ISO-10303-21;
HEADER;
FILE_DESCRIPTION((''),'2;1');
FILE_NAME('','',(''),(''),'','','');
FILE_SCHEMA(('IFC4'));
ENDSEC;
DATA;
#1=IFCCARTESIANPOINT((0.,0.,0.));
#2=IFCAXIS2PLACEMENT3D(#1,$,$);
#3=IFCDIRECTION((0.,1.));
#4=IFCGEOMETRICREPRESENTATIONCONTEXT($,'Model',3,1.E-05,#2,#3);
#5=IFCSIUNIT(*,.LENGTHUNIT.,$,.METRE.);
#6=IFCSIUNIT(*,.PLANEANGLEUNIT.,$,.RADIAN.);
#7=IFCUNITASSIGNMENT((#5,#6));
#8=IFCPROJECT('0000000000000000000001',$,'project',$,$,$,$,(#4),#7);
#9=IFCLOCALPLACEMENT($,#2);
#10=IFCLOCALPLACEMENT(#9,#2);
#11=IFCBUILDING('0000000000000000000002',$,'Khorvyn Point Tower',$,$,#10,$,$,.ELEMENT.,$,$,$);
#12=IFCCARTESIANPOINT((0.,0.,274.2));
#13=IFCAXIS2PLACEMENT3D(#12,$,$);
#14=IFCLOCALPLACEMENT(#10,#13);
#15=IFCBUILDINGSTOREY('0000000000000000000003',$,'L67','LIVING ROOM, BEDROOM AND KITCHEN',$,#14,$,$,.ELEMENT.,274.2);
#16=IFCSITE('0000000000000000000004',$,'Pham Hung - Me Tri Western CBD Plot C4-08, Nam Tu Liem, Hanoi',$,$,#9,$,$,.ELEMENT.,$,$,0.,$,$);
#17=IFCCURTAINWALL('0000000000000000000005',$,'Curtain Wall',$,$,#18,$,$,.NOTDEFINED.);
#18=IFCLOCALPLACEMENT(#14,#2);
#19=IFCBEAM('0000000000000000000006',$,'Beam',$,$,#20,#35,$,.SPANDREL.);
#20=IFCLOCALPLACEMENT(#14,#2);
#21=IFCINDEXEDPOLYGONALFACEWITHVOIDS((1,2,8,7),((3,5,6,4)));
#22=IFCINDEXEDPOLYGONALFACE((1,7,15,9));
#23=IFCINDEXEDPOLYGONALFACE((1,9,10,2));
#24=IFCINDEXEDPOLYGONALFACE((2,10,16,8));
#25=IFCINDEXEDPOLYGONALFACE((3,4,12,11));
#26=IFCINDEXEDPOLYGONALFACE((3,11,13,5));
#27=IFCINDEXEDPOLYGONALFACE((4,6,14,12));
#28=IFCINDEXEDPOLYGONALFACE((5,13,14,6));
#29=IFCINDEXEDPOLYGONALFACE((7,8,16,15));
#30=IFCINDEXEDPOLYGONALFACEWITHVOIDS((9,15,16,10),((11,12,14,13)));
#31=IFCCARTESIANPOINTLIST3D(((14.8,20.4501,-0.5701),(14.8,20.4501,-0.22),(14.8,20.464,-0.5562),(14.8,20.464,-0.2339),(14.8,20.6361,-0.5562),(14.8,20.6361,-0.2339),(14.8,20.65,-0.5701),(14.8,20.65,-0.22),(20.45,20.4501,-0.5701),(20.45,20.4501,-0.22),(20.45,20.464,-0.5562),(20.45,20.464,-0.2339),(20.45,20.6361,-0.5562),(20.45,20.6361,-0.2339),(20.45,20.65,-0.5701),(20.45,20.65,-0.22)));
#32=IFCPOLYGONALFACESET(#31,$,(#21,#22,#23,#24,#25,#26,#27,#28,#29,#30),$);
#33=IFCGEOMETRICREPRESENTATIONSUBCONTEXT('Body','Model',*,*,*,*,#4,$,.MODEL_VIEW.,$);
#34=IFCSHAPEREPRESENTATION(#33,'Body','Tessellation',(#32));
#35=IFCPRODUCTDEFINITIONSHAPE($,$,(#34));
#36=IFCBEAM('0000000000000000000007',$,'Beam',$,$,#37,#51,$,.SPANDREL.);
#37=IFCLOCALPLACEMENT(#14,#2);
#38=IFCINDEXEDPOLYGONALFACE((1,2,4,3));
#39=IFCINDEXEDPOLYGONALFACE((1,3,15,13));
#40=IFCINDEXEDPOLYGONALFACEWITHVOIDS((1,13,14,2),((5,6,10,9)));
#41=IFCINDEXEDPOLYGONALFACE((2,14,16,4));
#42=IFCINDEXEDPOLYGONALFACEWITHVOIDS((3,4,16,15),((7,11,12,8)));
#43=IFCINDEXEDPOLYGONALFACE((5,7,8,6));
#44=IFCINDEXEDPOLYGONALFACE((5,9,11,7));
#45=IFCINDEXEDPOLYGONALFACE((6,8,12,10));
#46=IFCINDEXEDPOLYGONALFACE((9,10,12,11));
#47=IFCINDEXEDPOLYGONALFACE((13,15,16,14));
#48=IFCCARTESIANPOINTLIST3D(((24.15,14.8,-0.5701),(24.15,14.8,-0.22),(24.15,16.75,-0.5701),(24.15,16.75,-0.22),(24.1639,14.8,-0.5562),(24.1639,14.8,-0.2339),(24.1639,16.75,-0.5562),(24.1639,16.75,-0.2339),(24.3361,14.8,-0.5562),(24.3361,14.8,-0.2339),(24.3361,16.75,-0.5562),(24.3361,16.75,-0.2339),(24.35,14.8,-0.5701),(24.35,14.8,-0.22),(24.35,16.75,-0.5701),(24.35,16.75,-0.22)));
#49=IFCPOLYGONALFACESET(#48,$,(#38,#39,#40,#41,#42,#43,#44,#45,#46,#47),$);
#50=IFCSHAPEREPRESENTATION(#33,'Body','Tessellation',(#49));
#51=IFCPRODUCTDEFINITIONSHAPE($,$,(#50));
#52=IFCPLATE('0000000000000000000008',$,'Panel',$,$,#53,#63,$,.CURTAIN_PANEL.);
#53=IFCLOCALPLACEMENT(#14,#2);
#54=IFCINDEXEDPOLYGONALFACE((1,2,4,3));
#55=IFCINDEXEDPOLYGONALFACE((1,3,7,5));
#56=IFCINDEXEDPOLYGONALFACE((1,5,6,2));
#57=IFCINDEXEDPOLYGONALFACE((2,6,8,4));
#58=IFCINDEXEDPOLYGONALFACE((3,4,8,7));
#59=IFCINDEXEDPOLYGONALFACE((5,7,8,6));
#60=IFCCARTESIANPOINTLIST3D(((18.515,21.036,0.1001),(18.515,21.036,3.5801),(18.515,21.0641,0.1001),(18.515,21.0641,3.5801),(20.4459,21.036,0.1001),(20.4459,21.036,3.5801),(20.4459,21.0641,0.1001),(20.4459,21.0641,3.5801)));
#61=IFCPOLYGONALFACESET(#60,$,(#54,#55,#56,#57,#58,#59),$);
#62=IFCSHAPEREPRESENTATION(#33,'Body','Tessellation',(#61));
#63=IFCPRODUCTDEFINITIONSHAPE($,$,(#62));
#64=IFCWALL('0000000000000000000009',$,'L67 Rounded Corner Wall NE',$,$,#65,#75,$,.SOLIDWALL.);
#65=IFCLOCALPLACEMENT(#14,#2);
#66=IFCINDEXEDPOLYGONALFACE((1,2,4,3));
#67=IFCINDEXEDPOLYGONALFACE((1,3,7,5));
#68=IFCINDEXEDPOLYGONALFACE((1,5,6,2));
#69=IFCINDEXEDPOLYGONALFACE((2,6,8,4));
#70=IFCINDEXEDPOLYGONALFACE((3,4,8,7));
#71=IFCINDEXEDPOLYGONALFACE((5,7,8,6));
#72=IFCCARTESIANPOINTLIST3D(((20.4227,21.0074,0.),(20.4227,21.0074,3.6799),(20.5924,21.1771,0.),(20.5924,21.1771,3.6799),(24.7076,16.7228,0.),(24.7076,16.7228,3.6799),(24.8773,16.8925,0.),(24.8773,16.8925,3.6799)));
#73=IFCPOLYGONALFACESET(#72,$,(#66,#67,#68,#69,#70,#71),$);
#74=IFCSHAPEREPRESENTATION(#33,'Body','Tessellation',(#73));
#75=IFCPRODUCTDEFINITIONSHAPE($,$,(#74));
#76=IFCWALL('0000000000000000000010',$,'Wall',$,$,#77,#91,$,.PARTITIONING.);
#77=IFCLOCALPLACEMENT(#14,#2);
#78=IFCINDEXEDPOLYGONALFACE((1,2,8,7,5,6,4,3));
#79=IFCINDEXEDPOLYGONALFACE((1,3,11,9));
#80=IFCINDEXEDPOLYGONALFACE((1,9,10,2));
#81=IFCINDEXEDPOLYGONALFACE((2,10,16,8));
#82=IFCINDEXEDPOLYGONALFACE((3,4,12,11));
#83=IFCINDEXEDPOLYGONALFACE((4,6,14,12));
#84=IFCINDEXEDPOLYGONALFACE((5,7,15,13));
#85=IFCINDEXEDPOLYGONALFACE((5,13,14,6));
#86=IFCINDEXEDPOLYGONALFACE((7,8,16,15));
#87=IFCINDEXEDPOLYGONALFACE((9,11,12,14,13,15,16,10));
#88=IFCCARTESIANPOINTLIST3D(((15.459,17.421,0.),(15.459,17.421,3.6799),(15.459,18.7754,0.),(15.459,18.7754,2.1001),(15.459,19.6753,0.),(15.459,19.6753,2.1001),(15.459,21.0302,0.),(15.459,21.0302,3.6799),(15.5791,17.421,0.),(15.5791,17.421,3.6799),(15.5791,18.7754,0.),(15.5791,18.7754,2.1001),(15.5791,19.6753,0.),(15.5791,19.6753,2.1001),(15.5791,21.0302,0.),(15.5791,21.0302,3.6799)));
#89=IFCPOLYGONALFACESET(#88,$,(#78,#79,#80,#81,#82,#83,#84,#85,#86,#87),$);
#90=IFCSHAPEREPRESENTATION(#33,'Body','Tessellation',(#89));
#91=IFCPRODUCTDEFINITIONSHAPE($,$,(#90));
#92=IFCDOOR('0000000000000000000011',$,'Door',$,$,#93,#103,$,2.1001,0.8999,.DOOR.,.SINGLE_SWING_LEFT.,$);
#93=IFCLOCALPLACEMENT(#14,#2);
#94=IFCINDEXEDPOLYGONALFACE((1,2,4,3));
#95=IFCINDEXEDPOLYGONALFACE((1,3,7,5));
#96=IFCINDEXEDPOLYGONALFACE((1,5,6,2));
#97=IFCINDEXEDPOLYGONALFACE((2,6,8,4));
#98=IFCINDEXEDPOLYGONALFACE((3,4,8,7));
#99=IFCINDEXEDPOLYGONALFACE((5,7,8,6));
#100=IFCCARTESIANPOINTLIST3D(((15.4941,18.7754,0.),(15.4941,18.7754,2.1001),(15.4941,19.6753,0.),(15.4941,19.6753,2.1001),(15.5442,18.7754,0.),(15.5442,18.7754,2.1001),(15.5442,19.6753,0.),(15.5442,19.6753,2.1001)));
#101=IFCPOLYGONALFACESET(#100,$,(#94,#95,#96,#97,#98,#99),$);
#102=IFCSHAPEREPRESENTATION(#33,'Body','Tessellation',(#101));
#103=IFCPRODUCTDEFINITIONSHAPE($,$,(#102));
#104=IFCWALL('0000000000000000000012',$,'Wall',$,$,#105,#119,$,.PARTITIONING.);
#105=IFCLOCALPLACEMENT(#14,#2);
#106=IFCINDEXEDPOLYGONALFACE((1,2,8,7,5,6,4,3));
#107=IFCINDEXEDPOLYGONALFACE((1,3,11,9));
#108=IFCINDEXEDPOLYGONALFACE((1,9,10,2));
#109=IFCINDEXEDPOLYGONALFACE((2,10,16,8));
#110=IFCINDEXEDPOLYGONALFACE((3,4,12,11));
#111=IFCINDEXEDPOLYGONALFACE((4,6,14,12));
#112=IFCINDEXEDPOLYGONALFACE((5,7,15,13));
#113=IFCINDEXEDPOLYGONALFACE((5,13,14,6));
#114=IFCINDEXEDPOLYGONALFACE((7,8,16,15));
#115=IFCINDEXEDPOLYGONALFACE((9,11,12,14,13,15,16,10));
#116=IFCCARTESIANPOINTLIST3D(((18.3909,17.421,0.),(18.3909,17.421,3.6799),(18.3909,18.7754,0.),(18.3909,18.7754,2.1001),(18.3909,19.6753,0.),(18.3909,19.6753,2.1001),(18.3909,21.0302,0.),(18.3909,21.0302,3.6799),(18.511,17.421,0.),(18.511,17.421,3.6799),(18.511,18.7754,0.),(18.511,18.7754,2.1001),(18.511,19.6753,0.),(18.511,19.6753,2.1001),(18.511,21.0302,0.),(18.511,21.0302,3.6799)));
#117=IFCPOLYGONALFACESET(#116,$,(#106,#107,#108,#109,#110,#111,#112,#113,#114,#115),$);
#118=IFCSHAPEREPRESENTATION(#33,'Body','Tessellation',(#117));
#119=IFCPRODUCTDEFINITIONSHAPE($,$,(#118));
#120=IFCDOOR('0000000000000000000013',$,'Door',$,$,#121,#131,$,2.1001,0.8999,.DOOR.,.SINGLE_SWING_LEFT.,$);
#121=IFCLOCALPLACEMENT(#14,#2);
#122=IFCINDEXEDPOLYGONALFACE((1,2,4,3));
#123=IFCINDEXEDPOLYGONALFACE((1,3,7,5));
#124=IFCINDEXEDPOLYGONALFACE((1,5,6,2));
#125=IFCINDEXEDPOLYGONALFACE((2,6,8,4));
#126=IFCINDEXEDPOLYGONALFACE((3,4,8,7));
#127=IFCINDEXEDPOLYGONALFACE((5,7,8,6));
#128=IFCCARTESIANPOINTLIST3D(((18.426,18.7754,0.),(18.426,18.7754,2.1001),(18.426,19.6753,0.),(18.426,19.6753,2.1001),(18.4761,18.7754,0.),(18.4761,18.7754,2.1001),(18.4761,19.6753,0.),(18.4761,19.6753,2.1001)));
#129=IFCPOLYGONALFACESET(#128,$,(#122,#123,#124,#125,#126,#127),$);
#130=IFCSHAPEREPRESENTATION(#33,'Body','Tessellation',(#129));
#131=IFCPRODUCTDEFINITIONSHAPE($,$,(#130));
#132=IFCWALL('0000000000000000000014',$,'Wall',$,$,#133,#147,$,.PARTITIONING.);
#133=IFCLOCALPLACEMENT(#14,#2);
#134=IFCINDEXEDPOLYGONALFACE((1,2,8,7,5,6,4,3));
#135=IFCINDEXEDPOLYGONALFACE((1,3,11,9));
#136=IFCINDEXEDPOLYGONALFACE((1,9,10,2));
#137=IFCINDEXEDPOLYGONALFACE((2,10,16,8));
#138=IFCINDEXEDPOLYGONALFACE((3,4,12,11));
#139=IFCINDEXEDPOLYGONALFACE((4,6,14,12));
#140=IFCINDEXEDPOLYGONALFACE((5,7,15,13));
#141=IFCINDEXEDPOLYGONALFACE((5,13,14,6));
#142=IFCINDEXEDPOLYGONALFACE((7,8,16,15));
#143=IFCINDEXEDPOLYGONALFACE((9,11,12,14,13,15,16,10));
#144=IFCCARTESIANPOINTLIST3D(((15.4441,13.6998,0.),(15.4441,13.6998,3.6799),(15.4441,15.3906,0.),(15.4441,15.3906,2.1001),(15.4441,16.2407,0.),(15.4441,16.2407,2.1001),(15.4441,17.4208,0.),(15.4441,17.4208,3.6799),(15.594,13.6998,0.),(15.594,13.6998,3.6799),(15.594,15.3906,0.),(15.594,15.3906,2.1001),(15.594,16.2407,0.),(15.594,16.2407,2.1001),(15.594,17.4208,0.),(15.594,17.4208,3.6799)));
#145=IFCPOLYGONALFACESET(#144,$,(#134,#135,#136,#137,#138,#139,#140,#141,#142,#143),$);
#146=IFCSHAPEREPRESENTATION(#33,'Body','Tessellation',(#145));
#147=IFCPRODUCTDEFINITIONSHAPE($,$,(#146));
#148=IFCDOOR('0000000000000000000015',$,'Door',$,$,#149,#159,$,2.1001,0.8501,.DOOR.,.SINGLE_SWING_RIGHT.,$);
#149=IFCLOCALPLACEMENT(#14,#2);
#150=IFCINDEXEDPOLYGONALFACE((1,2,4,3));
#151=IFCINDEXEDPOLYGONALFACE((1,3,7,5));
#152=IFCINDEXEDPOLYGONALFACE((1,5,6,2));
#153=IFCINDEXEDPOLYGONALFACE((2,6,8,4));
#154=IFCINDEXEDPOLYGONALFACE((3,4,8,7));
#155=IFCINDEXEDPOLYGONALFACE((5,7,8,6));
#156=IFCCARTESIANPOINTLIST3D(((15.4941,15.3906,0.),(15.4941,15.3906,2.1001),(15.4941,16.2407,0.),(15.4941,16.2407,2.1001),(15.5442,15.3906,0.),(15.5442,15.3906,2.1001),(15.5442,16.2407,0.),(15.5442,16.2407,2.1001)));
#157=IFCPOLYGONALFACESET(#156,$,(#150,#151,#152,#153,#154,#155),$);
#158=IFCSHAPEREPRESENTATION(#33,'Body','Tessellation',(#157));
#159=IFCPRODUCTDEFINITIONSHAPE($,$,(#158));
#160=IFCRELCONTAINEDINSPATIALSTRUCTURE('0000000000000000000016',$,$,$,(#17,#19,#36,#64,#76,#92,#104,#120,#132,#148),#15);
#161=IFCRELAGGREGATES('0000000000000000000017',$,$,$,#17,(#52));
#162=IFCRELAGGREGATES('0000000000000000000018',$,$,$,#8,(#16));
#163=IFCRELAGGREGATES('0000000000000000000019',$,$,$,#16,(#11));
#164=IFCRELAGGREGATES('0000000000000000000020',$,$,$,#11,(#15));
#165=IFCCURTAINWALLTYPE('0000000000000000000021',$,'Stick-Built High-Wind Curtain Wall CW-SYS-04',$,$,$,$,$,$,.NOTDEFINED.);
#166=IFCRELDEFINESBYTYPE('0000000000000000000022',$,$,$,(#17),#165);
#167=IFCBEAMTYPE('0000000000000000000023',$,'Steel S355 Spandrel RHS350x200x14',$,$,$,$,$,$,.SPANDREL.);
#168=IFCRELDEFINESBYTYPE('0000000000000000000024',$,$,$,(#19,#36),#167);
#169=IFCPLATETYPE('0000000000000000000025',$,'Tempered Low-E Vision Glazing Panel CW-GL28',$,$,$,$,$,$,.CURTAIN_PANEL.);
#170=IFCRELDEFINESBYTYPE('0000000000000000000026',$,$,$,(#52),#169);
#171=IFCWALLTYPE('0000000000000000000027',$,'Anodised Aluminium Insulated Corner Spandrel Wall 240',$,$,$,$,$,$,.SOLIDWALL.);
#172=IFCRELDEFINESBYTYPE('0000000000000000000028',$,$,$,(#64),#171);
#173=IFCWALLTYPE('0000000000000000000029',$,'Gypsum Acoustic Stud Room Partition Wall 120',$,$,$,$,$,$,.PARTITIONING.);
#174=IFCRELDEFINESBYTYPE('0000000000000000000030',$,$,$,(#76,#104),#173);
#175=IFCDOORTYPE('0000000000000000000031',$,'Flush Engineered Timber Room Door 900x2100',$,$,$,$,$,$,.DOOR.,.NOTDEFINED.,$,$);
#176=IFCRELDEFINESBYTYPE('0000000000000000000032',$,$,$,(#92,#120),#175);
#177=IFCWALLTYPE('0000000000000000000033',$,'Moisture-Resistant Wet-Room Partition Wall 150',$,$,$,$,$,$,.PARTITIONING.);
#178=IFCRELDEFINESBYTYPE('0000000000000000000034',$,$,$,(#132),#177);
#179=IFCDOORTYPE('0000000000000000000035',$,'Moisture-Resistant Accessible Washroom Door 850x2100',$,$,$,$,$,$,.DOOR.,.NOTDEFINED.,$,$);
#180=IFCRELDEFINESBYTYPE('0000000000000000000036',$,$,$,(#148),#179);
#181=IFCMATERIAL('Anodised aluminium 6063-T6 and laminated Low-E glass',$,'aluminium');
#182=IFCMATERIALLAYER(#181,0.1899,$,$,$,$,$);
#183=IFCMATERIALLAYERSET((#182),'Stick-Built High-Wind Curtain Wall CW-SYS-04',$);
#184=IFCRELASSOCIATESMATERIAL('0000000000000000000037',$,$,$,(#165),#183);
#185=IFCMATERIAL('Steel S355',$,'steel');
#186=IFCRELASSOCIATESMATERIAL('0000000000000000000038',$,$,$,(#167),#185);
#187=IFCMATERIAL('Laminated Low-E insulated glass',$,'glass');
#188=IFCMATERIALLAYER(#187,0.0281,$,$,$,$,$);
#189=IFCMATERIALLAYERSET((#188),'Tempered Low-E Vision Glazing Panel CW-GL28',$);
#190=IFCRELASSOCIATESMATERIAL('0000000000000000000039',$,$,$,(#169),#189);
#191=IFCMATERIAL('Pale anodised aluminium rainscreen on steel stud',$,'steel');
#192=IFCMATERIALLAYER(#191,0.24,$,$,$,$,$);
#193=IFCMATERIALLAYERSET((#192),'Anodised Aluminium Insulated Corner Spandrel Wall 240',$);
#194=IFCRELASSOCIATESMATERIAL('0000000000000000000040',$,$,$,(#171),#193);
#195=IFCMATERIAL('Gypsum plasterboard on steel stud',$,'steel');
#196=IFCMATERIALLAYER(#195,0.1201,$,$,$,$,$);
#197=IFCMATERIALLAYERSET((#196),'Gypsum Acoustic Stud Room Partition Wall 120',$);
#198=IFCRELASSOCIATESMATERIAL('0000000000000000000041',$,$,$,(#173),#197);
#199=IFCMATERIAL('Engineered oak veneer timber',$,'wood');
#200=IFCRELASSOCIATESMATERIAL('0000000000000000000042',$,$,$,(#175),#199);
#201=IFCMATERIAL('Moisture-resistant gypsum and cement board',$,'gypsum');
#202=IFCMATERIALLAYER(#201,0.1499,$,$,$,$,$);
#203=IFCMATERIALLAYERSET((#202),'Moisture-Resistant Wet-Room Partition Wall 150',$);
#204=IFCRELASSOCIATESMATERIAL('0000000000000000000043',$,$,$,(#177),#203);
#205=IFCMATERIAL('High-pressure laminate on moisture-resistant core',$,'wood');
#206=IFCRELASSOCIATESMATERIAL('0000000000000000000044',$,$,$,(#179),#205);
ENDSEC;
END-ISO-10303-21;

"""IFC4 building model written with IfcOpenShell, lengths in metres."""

from ifc_helpers import new_model, si_unit, direction, frame, frame_2d, origin, origin_2d, place, context, subcontext, project, spatial, rectangle, hollow_rectangle, extrude, material, layer, layer_set, material_profile, profile_set, type_object, element, fill, aggregate, save


model = new_model("IFC4")

# Units and contexts
model_context = context("Model", 3, precision=1e-05, world=origin(), true_north=direction((0.0, 1.0)))
body_context = subcontext(model_context, "Body", "Model", "MODEL_VIEW")
ifc_project = project(units=[si_unit("LENGTHUNIT", "METRE"), si_unit("PLANEANGLEUNIT", "RADIAN")], contexts=[model_context])

# Site, building, storey
site_placement = place(None, origin())
site = spatial("IfcSite", under=ifc_project, at=site_placement, Name="Pham Hung - Me Tri Western CBD Plot C4-08, Nam Tu Liem, Hanoi", CompositionType="ELEMENT", RefElevation=0.0)
building_placement = place(site_placement, origin())
building = spatial("IfcBuilding", under=site, at=building_placement, Name="Khorvyn Point Tower", CompositionType="ELEMENT")
storey_placement = place(building_placement, frame((0.0, 0.0, 274.2)))
storey = spatial("IfcBuildingStorey", under=building, at=storey_placement, Name="L67", Description="LIVING ROOM, BEDROOM AND KITCHEN", CompositionType="ELEMENT", Elevation=274.2)

# Shared definitions
ifc_material_1 = material(Name="Steel S355", Category="steel")

# Curtain wall
ifc_material_2 = material(Name="Anodised aluminium 6063-T6 and laminated Low-E glass", Category="aluminium")
ifc_layer_1 = layer(ifc_material_2, 0.1899)
ifc_layer_set_1 = layer_set([ifc_layer_1], Name="Stick-Built High-Wind Curtain Wall CW-SYS-04")
curtain_wall_type = type_object("IfcCurtainWallType", Name="Stick-Built High-Wind Curtain Wall CW-SYS-04", PredefinedType="NOTDEFINED", material=ifc_layer_set_1)
curtain_wall_1_placement = place(storey_placement, origin())
curtain_wall_1 = element("IfcCurtainWall", 1, at=curtain_wall_1_placement, inside=storey, type_object=curtain_wall_type, Name="Curtain Wall", PredefinedType="NOTDEFINED")

# Beams
ifc_material_profile_1 = material_profile(ifc_material_1, hollow_rectangle(XDim=0.2, YDim=0.3501, WallThickness=0.0139, at=origin_2d()))
ifc_profile_set_1 = profile_set([ifc_material_profile_1], Name="Steel S355 RHS350x200x14")
beam_type_1 = type_object("IfcBeamType", Name="Steel S355 Spandrel RHS350x200x14", PredefinedType="SPANDREL", material=ifc_profile_set_1)
beam_1_placement = place(storey_placement, frame((14.8, 20.55, -0.395), z_axis=(1.0, 0.0, 0.0), x_axis=(0.0, 1.0, 0.0)))
element("IfcBeam", 2, at=beam_1_placement, inside=storey, type_object=beam_type_1, Name="Beam", PredefinedType="SPANDREL", context=body_context, shape_type="SweptSolid", body=[
    extrude(hollow_rectangle(XDim=0.2, YDim=0.3501, WallThickness=0.0139, at=origin_2d()), origin(), (0.0, 0.0, 1.0), 5.6499),
])
beam_2_placement = place(storey_placement, frame((24.25, 14.8, -0.395), z_axis=(0.0, 1.0, 0.0), x_axis=(-1.0, 0.0, 0.0)))
element("IfcBeam", 3, at=beam_2_placement, inside=storey, type_object=beam_type_1, Name="Beam", PredefinedType="SPANDREL", context=body_context, shape_type="SweptSolid", body=[
    extrude(hollow_rectangle(XDim=0.2, YDim=0.3501, WallThickness=0.0139, at=origin_2d()), origin(), (0.0, 0.0, 1.0), 1.95),
])

# Plate
ifc_material_3 = material(Name="Laminated Low-E insulated glass", Category="glass")
ifc_layer_2 = layer(ifc_material_3, 0.0281)
ifc_layer_set_2 = layer_set([ifc_layer_2], Name="Tempered Low-E Vision Glazing Panel CW-GL28")
plate_type = type_object("IfcPlateType", Name="Tempered Low-E Vision Glazing Panel CW-GL28", PredefinedType="CURTAIN_PANEL", material=ifc_layer_set_2)
plate_placement = place(storey_placement, frame((19.4805, 21.05, 0.1001), z_axis=(0.0, 0.0, 1.0), x_axis=(1.0, 0.0, 0.0)))
plate = element("IfcPlate", 4, at=plate_placement, type_object=plate_type, Name="Panel", PredefinedType="CURTAIN_PANEL", context=body_context, shape_type="SweptSolid", body=[
    extrude(rectangle(XDim=1.9309, YDim=0.0281, at=origin_2d()), origin(), (0.0, 0.0, 1.0), 3.48),
])
aggregate(curtain_wall_1, [plate])

# Wall
ifc_material_4 = material(Name="Pale anodised aluminium rainscreen on steel stud", Category="steel")
ifc_layer_3 = layer(ifc_material_4, 0.24)
ifc_layer_set_3 = layer_set([ifc_layer_3], Name="Anodised Aluminium Insulated Corner Spandrel Wall 240")
wall_type_1 = type_object("IfcWallType", Name="Anodised Aluminium Insulated Corner Spandrel Wall 240", PredefinedType="SOLIDWALL", material=ifc_layer_set_3)
wall_1_placement = place(storey_placement, frame((20.5076, 21.0923, 0.0), z_axis=(0.0, 0.0, 1.0), x_axis=(0.707127, -0.707087, 0.0)))
element("IfcWall", 5, at=wall_1_placement, inside=storey, type_object=wall_type_1, Name="L67 Rounded Corner Wall NE", PredefinedType="SOLIDWALL", context=body_context, shape_type="SweptSolid", body=[
    extrude(rectangle(XDim=6.0596, YDim=0.24, at=frame_2d((3.0298, 0.0))), origin(), (0.0, 0.0, 1.0), 3.6799),
])

# Walls, openings, doors
ifc_material_5 = material(Name="Gypsum plasterboard on steel stud", Category="steel")
ifc_layer_4 = layer(ifc_material_5, 0.1201)
ifc_layer_set_4 = layer_set([ifc_layer_4], Name="Gypsum Acoustic Stud Room Partition Wall 120")
wall_type_2 = type_object("IfcWallType", Name="Gypsum Acoustic Stud Room Partition Wall 120", PredefinedType="PARTITIONING", material=ifc_layer_set_4)
wall_2_placement = place(storey_placement, frame((15.519, 17.4209, 0.0), z_axis=(0.0, 0.0, 1.0), x_axis=(0.0, 1.0, 0.0)))
wall_2 = element("IfcWall", 6, at=wall_2_placement, inside=storey, type_object=wall_type_2, Name="Wall", PredefinedType="PARTITIONING", context=body_context, shape_type="SweptSolid", body=[
    extrude(rectangle(XDim=3.6091, YDim=0.1201, at=frame_2d((1.8047, 0.0))), origin(), (0.0, 0.0, 1.0), 3.6799),
])
opening_1_placement = place(wall_2_placement, frame((1.3545, 0.0, 0.0)))
opening_1 = element("IfcOpeningElement", 7, at=opening_1_placement, cuts=wall_2, PredefinedType="OPENING", context=body_context, shape_type="SweptSolid", body=[
    extrude(rectangle(XDim=0.8999, YDim=2.1001, at=frame_2d((0.45, 1.05))), frame((0.0, 0.0701, 0.0), z_axis=(0.0, -1.0, 0.0), x_axis=(1.0, 0.0, 0.0)), (0.0, 0.0, 1.0), 0.1401),
])
ifc_material_6 = material(Name="Engineered oak veneer timber", Category="wood")
door_type_1 = type_object("IfcDoorType", Name="Flush Engineered Timber Room Door 900x2100", OperationType="NOTDEFINED", PredefinedType="DOOR", material=ifc_material_6)
door_1_placement = place(opening_1_placement, origin())
door_1 = element("IfcDoor", 8, at=door_1_placement, inside=storey, type_object=door_type_1, Name="Door", OperationType="SINGLE_SWING_LEFT", OverallHeight=2.1001, OverallWidth=0.8999, PredefinedType="DOOR", context=body_context, shape_type="SweptSolid", body=[
    extrude(rectangle(XDim=0.8999, YDim=2.1001, at=frame_2d((0.45, 1.05))), frame((0.0, 0.0249, 0.0), z_axis=(0.0, -1.0, 0.0), x_axis=(1.0, 0.0, 0.0)), (0.0, 0.0, 1.0), 0.05),
])
fill(opening_1, door_1)
wall_3_placement = place(storey_placement, frame((18.4509, 17.4209, 0.0), z_axis=(0.0, 0.0, 1.0), x_axis=(0.0, 1.0, 0.0)))
wall_3 = element("IfcWall", 9, at=wall_3_placement, inside=storey, type_object=wall_type_2, Name="Wall", PredefinedType="PARTITIONING", context=body_context, shape_type="SweptSolid", body=[
    extrude(rectangle(XDim=3.6091, YDim=0.1201, at=frame_2d((1.8047, 0.0))), origin(), (0.0, 0.0, 1.0), 3.6799),
])
opening_2_placement = place(wall_3_placement, frame((1.3545, 0.0, 0.0)))
opening_2 = element("IfcOpeningElement", 10, at=opening_2_placement, cuts=wall_3, PredefinedType="OPENING", context=body_context, shape_type="SweptSolid", body=[
    extrude(rectangle(XDim=0.8999, YDim=2.1001, at=frame_2d((0.45, 1.05))), frame((0.0, 0.0701, 0.0), z_axis=(0.0, -1.0, 0.0), x_axis=(1.0, 0.0, 0.0)), (0.0, 0.0, 1.0), 0.1401),
])
door_2_placement = place(opening_2_placement, origin())
door_2 = element("IfcDoor", 11, at=door_2_placement, inside=storey, type_object=door_type_1, Name="Door", OperationType="SINGLE_SWING_LEFT", OverallHeight=2.1001, OverallWidth=0.8999, PredefinedType="DOOR", context=body_context, shape_type="SweptSolid", body=[
    extrude(rectangle(XDim=0.8999, YDim=2.1001, at=frame_2d((0.45, 1.05))), frame((0.0, 0.0249, 0.0), z_axis=(0.0, -1.0, 0.0), x_axis=(1.0, 0.0, 0.0)), (0.0, 0.0, 1.0), 0.05),
])
fill(opening_2, door_2)
ifc_material_7 = material(Name="Moisture-resistant gypsum and cement board", Category="gypsum")
ifc_layer_5 = layer(ifc_material_7, 0.1499)
ifc_layer_set_5 = layer_set([ifc_layer_5], Name="Moisture-Resistant Wet-Room Partition Wall 150")
wall_type_3 = type_object("IfcWallType", Name="Moisture-Resistant Wet-Room Partition Wall 150", PredefinedType="PARTITIONING", material=ifc_layer_set_5)
wall_4_placement = place(storey_placement, frame((15.519, 13.7, 0.0), z_axis=(0.0, 0.0, 1.0), x_axis=(0.0, 1.0, 0.0)))
wall_4 = element("IfcWall", 12, at=wall_4_placement, inside=storey, type_object=wall_type_3, Name="Wall", PredefinedType="PARTITIONING", context=body_context, shape_type="SweptSolid", body=[
    extrude(rectangle(XDim=3.7209, YDim=0.1499, at=frame_2d((1.8604, 0.0))), origin(), (0.0, 0.0, 1.0), 3.6799),
])
opening_3_placement = place(wall_4_placement, frame((1.6907, 0.0, 0.0)))
opening_3 = element("IfcOpeningElement", 13, at=opening_3_placement, cuts=wall_4, PredefinedType="OPENING", context=body_context, shape_type="SweptSolid", body=[
    extrude(rectangle(XDim=0.8501, YDim=2.1001, at=frame_2d((0.425, 1.05))), frame((0.0, 0.085, 0.0), z_axis=(0.0, -1.0, 0.0), x_axis=(1.0, 0.0, 0.0)), (0.0, 0.0, 1.0), 0.1699),
])
ifc_material_8 = material(Name="High-pressure laminate on moisture-resistant core", Category="wood")
door_type_2 = type_object("IfcDoorType", Name="Moisture-Resistant Accessible Washroom Door 850x2100", OperationType="NOTDEFINED", PredefinedType="DOOR", material=ifc_material_8)
door_3_placement = place(opening_3_placement, origin())
door_3 = element("IfcDoor", 14, at=door_3_placement, inside=storey, type_object=door_type_2, Name="Door", OperationType="SINGLE_SWING_RIGHT", OverallHeight=2.1001, OverallWidth=0.8501, PredefinedType="DOOR", context=body_context, shape_type="SweptSolid", body=[
    extrude(rectangle(XDim=0.8501, YDim=2.1001, at=frame_2d((0.425, 1.05))), frame((0.0, 0.0249, 0.0), z_axis=(0.0, -1.0, 0.0), x_axis=(1.0, 0.0, 0.0)), (0.0, 0.0, 1.0), 0.05),
])
fill(opening_3, door_3)

save(model, "model.ifc")
